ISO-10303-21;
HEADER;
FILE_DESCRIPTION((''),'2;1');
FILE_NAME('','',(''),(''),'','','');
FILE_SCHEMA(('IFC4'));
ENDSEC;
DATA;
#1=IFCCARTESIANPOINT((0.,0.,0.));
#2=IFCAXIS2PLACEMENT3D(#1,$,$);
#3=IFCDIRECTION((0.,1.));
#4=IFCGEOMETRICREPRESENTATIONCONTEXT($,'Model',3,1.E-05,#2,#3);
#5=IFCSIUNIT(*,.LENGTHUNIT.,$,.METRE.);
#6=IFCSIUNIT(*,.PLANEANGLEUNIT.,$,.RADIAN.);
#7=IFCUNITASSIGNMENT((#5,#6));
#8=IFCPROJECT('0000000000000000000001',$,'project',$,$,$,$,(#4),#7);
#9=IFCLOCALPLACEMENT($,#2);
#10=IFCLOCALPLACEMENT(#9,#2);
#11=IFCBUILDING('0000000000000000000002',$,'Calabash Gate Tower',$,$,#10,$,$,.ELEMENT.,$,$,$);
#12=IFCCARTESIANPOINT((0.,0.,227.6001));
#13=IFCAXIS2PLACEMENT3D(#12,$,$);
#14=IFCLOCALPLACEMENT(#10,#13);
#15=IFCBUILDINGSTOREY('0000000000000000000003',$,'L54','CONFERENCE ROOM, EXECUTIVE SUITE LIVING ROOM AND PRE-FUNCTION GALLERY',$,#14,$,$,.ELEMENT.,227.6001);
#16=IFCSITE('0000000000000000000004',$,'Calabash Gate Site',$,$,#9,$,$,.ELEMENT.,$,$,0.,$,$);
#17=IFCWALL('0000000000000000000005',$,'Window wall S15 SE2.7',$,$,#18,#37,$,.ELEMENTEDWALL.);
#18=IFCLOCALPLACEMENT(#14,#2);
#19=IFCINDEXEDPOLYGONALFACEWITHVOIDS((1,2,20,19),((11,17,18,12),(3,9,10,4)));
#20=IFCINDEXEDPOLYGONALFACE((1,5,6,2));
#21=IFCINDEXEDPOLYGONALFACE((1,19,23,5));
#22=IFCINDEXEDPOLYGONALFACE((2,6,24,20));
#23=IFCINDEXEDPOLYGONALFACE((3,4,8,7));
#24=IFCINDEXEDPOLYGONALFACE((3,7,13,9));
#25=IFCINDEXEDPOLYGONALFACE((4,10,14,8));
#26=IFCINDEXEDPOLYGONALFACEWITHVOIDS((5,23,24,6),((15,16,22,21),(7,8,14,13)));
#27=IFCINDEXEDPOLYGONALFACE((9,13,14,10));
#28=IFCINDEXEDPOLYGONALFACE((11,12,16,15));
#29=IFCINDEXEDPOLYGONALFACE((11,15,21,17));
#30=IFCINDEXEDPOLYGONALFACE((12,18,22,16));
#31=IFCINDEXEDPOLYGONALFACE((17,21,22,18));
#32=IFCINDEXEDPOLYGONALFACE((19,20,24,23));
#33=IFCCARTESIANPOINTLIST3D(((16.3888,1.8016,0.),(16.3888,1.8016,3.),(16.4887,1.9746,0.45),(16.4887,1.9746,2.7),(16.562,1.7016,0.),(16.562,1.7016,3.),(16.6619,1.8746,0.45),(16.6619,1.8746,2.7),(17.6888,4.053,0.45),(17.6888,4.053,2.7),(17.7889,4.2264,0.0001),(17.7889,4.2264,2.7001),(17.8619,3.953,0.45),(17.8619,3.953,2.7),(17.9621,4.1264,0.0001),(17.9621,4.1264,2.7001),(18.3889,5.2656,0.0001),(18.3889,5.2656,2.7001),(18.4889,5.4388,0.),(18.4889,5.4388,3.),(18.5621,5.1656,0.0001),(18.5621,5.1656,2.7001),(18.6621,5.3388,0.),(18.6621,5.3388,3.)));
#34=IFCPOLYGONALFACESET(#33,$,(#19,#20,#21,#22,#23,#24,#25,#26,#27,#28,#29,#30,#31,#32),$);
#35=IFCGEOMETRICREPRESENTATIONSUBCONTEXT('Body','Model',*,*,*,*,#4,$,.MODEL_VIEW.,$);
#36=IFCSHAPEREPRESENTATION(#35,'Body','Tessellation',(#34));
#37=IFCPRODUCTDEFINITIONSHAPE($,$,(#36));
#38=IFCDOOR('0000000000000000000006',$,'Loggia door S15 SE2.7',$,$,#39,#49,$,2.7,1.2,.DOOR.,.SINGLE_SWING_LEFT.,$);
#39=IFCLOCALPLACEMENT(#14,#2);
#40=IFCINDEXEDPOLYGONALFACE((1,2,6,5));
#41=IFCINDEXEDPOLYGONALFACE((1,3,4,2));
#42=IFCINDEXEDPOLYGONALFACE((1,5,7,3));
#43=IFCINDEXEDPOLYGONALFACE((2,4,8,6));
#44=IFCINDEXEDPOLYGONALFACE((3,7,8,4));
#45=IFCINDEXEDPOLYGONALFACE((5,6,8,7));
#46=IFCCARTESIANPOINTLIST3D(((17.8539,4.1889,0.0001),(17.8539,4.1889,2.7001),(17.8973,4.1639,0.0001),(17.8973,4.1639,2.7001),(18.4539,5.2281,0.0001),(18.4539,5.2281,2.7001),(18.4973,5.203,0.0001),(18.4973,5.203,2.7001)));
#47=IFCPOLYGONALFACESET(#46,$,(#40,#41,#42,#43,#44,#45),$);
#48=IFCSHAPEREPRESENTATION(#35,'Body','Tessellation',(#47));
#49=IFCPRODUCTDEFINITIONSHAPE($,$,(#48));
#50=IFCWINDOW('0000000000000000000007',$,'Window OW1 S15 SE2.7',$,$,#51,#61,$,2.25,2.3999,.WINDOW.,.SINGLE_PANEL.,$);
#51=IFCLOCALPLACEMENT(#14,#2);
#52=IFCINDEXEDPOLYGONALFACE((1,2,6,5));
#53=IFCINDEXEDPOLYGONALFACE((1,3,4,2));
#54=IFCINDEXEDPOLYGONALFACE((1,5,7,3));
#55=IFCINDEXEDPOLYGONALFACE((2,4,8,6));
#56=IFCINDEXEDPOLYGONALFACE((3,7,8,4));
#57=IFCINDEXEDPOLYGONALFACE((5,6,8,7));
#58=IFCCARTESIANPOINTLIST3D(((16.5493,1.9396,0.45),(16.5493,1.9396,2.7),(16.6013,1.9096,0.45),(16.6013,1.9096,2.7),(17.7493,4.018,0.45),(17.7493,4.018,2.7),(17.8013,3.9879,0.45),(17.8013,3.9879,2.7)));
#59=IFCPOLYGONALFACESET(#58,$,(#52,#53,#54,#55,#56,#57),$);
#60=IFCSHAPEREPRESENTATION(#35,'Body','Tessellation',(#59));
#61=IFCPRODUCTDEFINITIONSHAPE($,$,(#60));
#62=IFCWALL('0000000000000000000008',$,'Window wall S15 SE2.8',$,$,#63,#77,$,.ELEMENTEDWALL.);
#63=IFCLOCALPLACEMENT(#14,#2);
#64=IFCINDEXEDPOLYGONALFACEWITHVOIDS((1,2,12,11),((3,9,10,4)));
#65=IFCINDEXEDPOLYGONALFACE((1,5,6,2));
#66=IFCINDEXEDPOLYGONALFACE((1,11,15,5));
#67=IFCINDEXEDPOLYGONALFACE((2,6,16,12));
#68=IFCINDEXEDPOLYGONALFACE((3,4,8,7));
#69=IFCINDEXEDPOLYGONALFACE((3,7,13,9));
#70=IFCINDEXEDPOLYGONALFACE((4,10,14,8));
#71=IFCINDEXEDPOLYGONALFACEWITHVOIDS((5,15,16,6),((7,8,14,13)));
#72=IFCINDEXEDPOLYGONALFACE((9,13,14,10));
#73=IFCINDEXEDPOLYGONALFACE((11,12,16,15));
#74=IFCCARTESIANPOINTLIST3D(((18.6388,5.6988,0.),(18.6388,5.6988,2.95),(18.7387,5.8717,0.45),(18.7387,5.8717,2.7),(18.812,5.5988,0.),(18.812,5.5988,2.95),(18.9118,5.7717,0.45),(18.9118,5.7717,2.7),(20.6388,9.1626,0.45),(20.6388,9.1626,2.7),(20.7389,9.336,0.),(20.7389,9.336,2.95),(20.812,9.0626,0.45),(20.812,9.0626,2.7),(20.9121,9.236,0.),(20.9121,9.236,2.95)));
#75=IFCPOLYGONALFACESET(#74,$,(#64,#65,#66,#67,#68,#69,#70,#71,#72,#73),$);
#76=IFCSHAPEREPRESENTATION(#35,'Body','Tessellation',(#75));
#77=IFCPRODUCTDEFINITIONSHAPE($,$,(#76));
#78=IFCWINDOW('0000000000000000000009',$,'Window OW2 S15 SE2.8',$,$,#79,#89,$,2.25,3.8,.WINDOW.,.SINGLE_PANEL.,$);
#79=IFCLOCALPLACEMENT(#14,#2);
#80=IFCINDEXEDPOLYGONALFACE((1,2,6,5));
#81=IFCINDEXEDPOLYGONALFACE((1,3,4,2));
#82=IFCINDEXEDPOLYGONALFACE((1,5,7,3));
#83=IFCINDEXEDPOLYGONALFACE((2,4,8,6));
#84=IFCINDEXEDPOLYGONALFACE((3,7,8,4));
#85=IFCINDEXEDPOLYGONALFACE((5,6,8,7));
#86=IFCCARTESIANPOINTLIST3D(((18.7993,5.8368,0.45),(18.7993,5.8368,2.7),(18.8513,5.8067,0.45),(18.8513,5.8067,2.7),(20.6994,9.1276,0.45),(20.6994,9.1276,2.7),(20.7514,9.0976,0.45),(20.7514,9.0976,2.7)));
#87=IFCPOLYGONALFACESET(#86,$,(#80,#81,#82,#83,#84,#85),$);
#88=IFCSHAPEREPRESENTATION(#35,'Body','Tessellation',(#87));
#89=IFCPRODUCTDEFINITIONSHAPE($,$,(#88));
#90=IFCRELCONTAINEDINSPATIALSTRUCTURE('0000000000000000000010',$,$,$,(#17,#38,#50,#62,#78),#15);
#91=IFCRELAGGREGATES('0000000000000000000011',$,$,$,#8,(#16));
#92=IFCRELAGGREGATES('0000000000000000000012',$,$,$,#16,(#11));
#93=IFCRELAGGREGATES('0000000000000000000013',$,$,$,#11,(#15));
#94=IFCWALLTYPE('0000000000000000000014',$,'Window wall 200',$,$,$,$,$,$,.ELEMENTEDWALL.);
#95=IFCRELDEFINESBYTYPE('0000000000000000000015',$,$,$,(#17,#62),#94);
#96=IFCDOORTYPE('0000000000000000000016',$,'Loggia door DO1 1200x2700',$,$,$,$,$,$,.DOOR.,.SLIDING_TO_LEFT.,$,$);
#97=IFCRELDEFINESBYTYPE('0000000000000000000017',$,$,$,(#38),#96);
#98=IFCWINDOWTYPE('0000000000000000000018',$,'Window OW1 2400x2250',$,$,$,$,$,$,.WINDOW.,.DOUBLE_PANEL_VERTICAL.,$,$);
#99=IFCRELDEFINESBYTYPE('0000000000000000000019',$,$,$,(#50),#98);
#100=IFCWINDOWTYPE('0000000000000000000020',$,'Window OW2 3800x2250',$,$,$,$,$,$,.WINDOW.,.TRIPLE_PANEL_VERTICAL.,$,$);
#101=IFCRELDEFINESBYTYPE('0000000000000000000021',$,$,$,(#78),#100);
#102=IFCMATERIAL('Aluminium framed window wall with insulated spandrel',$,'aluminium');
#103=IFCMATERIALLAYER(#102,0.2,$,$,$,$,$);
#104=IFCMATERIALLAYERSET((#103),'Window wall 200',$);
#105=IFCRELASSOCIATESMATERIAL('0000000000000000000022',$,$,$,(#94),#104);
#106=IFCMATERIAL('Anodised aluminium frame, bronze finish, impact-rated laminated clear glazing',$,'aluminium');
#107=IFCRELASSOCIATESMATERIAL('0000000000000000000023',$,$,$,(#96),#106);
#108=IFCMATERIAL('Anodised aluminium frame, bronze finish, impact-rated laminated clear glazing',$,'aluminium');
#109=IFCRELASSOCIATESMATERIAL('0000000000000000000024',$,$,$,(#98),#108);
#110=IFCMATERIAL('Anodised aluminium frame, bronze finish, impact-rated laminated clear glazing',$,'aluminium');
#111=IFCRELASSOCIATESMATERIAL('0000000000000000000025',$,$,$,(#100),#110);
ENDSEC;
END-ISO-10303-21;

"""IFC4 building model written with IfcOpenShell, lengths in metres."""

from ifc_helpers import new_model, si_unit, direction, frame, frame_2d, origin, place, context, subcontext, project, spatial, rectangle, extrude, material, layer, layer_set, type_object, element, fill, save


model = new_model("IFC4")

# Units and contexts
model_context = context("Model", 3, precision=1e-05, world=origin(), true_north=direction((0.0, 1.0)))
body_context = subcontext(model_context, "Body", "Model", "MODEL_VIEW")
ifc_project = project(units=[si_unit("LENGTHUNIT", "METRE"), si_unit("PLANEANGLEUNIT", "RADIAN")], contexts=[model_context])

# Site, building, storey
site_placement = place(None, origin())
site = spatial("IfcSite", under=ifc_project, at=site_placement, Name="Calabash Gate Site", CompositionType="ELEMENT", RefElevation=0.0)
building_placement = place(site_placement, origin())
building = spatial("IfcBuilding", under=site, at=building_placement, Name="Calabash Gate Tower", CompositionType="ELEMENT")
storey_placement = place(building_placement, frame((0.0, 0.0, 227.6001)))
storey = spatial("IfcBuildingStorey", under=building, at=storey_placement, Name="L54", Description="CONFERENCE ROOM, EXECUTIVE SUITE LIVING ROOM AND PRE-FUNCTION GALLERY", CompositionType="ELEMENT", Elevation=227.6001)

# Wall, openings, door, window
ifc_material_1 = material(Name="Aluminium framed window wall with insulated spandrel", Category="aluminium")
ifc_layer_1 = layer(ifc_material_1, 0.2)
ifc_layer_set_1 = layer_set([ifc_layer_1], Name="Window wall 200")
wall_type_1 = type_object("IfcWallType", Name="Window wall 200", PredefinedType="ELEMENTEDWALL", material=ifc_layer_set_1)
wall_1_placement = place(storey_placement, frame((16.4753, 1.7515, 0.0), z_axis=(0.0, 0.0, 1.0), x_axis=(0.500028, 0.866009, 0.0)))
wall_1 = element("IfcWall", 1, at=wall_1_placement, inside=storey, type_object=wall_type_1, Name="Window wall S15 SE2.7", PredefinedType="ELEMENTEDWALL", context=body_context, shape_type="SweptSolid", body=[
    extrude(rectangle(XDim=4.2, YDim=0.2, at=frame_2d((2.1001, 0.0))), origin(), (0.0, 0.0, 1.0), 3.0),
])
opening_1_placement = place(wall_1_placement, frame((0.2, 0.0, 0.45)))
opening_1 = element("IfcOpeningElement", 2, at=opening_1_placement, cuts=wall_1, PredefinedType="OPENING", context=body_context, shape_type="SweptSolid", body=[
    extrude(rectangle(XDim=2.3999, YDim=2.25, at=frame_2d((1.2, 1.125))), frame((0.0, 0.1099, 0.0), z_axis=(0.0, -1.0, 0.0), x_axis=(1.0, 0.0, 0.0)), (0.0, 0.0, 1.0), 0.22),
])
opening_2_placement = place(wall_1_placement, frame((2.8, 0.0, 0.0)))
opening_2 = element("IfcOpeningElement", 3, at=opening_2_placement, cuts=wall_1, PredefinedType="OPENING", context=body_context, shape_type="SweptSolid", body=[
    extrude(rectangle(XDim=1.2, YDim=2.7, at=frame_2d((0.6001, 1.3501))), frame((0.0, 0.1099, 0.0), z_axis=(0.0, -1.0, 0.0), x_axis=(1.0, 0.0, 0.0)), (0.0, 0.0, 1.0), 0.22),
])
ifc_material_2 = material(Name="Anodised aluminium frame, bronze finish, impact-rated laminated clear glazing", Category="aluminium")
door_type_1 = type_object("IfcDoorType", Name="Loggia door DO1 1200x2700", OperationType="SLIDING_TO_LEFT", PredefinedType="DOOR", material=ifc_material_2)
door_1_placement = place(opening_2_placement, origin())
door_1 = element("IfcDoor", 4, at=door_1_placement, inside=storey, type_object=door_type_1, Name="Loggia door S15 SE2.7", OperationType="SINGLE_SWING_LEFT", OverallHeight=2.7, OverallWidth=1.2, PredefinedType="DOOR", context=body_context, shape_type="SweptSolid", body=[
    extrude(rectangle(XDim=1.2, YDim=2.7, at=frame_2d((0.6001, 1.3501))), frame((0.0, 0.0249, 0.0), z_axis=(0.0, -1.0, 0.0), x_axis=(1.0, 0.0, 0.0)), (0.0, 0.0, 1.0), 0.05),
])
fill(opening_2, door_1)
ifc_material_3 = material(Name="Anodised aluminium frame, bronze finish, impact-rated laminated clear glazing", Category="aluminium")
window_type_1 = type_object("IfcWindowType", Name="Window OW1 2400x2250", PartitioningType="DOUBLE_PANEL_VERTICAL", PredefinedType="WINDOW", material=ifc_material_3)
window_1_placement = place(opening_1_placement, origin())
window_1 = element("IfcWindow", 5, at=window_1_placement, inside=storey, type_object=window_type_1, Name="Window OW1 S15 SE2.7", OverallHeight=2.25, OverallWidth=2.3999, PartitioningType="SINGLE_PANEL", PredefinedType="WINDOW", context=body_context, shape_type="SweptSolid", body=[
    extrude(rectangle(XDim=2.3999, YDim=2.25, at=frame_2d((1.2, 1.125))), frame((0.0, 0.03, 0.0), z_axis=(0.0, -1.0, 0.0), x_axis=(1.0, 0.0, 0.0)), (0.0, 0.0, 1.0), 0.0601),
])
fill(opening_1, window_1)

# Wall, opening, window
wall_2_placement = place(storey_placement, frame((18.7253, 5.6487, 0.0), z_axis=(0.0, 0.0, 1.0), x_axis=(0.500028, 0.866009, 0.0)))
wall_2 = element("IfcWall", 6, at=wall_2_placement, inside=storey, type_object=wall_type_1, Name="Window wall S15 SE2.8", PredefinedType="ELEMENTEDWALL", context=body_context, shape_type="SweptSolid", body=[
    extrude(rectangle(XDim=4.2, YDim=0.2, at=frame_2d((2.1001, 0.0))), origin(), (0.0, 0.0, 1.0), 2.95),
])
opening_3_placement = place(wall_2_placement, frame((0.2, 0.0, 0.45)))
opening_3 = element("IfcOpeningElement", 7, at=opening_3_placement, cuts=wall_2, PredefinedType="OPENING", context=body_context, shape_type="SweptSolid", body=[
    extrude(rectangle(XDim=3.8, YDim=2.25, at=frame_2d((1.8999, 1.125))), frame((0.0, 0.1099, 0.0), z_axis=(0.0, -1.0, 0.0), x_axis=(1.0, 0.0, 0.0)), (0.0, 0.0, 1.0), 0.22),
])
ifc_material_4 = material(Name="Anodised aluminium frame, bronze finish, impact-rated laminated clear glazing", Category="aluminium")
window_type_2 = type_object("IfcWindowType", Name="Window OW2 3800x2250", PartitioningType="TRIPLE_PANEL_VERTICAL", PredefinedType="WINDOW", material=ifc_material_4)
window_2_placement = place(opening_3_placement, origin())
window_2 = element("IfcWindow", 8, at=window_2_placement, inside=storey, type_object=window_type_2, Name="Window OW2 S15 SE2.8", OverallHeight=2.25, OverallWidth=3.8, PartitioningType="SINGLE_PANEL", PredefinedType="WINDOW", context=body_context, shape_type="SweptSolid", body=[
    extrude(rectangle(XDim=3.8, YDim=2.25, at=frame_2d((1.8999, 1.125))), frame((0.0, 0.03, 0.0), z_axis=(0.0, -1.0, 0.0), x_axis=(1.0, 0.0, 0.0)), (0.0, 0.0, 1.0), 0.0601),
])
fill(opening_3, window_2)

save(model, "model.ifc")
